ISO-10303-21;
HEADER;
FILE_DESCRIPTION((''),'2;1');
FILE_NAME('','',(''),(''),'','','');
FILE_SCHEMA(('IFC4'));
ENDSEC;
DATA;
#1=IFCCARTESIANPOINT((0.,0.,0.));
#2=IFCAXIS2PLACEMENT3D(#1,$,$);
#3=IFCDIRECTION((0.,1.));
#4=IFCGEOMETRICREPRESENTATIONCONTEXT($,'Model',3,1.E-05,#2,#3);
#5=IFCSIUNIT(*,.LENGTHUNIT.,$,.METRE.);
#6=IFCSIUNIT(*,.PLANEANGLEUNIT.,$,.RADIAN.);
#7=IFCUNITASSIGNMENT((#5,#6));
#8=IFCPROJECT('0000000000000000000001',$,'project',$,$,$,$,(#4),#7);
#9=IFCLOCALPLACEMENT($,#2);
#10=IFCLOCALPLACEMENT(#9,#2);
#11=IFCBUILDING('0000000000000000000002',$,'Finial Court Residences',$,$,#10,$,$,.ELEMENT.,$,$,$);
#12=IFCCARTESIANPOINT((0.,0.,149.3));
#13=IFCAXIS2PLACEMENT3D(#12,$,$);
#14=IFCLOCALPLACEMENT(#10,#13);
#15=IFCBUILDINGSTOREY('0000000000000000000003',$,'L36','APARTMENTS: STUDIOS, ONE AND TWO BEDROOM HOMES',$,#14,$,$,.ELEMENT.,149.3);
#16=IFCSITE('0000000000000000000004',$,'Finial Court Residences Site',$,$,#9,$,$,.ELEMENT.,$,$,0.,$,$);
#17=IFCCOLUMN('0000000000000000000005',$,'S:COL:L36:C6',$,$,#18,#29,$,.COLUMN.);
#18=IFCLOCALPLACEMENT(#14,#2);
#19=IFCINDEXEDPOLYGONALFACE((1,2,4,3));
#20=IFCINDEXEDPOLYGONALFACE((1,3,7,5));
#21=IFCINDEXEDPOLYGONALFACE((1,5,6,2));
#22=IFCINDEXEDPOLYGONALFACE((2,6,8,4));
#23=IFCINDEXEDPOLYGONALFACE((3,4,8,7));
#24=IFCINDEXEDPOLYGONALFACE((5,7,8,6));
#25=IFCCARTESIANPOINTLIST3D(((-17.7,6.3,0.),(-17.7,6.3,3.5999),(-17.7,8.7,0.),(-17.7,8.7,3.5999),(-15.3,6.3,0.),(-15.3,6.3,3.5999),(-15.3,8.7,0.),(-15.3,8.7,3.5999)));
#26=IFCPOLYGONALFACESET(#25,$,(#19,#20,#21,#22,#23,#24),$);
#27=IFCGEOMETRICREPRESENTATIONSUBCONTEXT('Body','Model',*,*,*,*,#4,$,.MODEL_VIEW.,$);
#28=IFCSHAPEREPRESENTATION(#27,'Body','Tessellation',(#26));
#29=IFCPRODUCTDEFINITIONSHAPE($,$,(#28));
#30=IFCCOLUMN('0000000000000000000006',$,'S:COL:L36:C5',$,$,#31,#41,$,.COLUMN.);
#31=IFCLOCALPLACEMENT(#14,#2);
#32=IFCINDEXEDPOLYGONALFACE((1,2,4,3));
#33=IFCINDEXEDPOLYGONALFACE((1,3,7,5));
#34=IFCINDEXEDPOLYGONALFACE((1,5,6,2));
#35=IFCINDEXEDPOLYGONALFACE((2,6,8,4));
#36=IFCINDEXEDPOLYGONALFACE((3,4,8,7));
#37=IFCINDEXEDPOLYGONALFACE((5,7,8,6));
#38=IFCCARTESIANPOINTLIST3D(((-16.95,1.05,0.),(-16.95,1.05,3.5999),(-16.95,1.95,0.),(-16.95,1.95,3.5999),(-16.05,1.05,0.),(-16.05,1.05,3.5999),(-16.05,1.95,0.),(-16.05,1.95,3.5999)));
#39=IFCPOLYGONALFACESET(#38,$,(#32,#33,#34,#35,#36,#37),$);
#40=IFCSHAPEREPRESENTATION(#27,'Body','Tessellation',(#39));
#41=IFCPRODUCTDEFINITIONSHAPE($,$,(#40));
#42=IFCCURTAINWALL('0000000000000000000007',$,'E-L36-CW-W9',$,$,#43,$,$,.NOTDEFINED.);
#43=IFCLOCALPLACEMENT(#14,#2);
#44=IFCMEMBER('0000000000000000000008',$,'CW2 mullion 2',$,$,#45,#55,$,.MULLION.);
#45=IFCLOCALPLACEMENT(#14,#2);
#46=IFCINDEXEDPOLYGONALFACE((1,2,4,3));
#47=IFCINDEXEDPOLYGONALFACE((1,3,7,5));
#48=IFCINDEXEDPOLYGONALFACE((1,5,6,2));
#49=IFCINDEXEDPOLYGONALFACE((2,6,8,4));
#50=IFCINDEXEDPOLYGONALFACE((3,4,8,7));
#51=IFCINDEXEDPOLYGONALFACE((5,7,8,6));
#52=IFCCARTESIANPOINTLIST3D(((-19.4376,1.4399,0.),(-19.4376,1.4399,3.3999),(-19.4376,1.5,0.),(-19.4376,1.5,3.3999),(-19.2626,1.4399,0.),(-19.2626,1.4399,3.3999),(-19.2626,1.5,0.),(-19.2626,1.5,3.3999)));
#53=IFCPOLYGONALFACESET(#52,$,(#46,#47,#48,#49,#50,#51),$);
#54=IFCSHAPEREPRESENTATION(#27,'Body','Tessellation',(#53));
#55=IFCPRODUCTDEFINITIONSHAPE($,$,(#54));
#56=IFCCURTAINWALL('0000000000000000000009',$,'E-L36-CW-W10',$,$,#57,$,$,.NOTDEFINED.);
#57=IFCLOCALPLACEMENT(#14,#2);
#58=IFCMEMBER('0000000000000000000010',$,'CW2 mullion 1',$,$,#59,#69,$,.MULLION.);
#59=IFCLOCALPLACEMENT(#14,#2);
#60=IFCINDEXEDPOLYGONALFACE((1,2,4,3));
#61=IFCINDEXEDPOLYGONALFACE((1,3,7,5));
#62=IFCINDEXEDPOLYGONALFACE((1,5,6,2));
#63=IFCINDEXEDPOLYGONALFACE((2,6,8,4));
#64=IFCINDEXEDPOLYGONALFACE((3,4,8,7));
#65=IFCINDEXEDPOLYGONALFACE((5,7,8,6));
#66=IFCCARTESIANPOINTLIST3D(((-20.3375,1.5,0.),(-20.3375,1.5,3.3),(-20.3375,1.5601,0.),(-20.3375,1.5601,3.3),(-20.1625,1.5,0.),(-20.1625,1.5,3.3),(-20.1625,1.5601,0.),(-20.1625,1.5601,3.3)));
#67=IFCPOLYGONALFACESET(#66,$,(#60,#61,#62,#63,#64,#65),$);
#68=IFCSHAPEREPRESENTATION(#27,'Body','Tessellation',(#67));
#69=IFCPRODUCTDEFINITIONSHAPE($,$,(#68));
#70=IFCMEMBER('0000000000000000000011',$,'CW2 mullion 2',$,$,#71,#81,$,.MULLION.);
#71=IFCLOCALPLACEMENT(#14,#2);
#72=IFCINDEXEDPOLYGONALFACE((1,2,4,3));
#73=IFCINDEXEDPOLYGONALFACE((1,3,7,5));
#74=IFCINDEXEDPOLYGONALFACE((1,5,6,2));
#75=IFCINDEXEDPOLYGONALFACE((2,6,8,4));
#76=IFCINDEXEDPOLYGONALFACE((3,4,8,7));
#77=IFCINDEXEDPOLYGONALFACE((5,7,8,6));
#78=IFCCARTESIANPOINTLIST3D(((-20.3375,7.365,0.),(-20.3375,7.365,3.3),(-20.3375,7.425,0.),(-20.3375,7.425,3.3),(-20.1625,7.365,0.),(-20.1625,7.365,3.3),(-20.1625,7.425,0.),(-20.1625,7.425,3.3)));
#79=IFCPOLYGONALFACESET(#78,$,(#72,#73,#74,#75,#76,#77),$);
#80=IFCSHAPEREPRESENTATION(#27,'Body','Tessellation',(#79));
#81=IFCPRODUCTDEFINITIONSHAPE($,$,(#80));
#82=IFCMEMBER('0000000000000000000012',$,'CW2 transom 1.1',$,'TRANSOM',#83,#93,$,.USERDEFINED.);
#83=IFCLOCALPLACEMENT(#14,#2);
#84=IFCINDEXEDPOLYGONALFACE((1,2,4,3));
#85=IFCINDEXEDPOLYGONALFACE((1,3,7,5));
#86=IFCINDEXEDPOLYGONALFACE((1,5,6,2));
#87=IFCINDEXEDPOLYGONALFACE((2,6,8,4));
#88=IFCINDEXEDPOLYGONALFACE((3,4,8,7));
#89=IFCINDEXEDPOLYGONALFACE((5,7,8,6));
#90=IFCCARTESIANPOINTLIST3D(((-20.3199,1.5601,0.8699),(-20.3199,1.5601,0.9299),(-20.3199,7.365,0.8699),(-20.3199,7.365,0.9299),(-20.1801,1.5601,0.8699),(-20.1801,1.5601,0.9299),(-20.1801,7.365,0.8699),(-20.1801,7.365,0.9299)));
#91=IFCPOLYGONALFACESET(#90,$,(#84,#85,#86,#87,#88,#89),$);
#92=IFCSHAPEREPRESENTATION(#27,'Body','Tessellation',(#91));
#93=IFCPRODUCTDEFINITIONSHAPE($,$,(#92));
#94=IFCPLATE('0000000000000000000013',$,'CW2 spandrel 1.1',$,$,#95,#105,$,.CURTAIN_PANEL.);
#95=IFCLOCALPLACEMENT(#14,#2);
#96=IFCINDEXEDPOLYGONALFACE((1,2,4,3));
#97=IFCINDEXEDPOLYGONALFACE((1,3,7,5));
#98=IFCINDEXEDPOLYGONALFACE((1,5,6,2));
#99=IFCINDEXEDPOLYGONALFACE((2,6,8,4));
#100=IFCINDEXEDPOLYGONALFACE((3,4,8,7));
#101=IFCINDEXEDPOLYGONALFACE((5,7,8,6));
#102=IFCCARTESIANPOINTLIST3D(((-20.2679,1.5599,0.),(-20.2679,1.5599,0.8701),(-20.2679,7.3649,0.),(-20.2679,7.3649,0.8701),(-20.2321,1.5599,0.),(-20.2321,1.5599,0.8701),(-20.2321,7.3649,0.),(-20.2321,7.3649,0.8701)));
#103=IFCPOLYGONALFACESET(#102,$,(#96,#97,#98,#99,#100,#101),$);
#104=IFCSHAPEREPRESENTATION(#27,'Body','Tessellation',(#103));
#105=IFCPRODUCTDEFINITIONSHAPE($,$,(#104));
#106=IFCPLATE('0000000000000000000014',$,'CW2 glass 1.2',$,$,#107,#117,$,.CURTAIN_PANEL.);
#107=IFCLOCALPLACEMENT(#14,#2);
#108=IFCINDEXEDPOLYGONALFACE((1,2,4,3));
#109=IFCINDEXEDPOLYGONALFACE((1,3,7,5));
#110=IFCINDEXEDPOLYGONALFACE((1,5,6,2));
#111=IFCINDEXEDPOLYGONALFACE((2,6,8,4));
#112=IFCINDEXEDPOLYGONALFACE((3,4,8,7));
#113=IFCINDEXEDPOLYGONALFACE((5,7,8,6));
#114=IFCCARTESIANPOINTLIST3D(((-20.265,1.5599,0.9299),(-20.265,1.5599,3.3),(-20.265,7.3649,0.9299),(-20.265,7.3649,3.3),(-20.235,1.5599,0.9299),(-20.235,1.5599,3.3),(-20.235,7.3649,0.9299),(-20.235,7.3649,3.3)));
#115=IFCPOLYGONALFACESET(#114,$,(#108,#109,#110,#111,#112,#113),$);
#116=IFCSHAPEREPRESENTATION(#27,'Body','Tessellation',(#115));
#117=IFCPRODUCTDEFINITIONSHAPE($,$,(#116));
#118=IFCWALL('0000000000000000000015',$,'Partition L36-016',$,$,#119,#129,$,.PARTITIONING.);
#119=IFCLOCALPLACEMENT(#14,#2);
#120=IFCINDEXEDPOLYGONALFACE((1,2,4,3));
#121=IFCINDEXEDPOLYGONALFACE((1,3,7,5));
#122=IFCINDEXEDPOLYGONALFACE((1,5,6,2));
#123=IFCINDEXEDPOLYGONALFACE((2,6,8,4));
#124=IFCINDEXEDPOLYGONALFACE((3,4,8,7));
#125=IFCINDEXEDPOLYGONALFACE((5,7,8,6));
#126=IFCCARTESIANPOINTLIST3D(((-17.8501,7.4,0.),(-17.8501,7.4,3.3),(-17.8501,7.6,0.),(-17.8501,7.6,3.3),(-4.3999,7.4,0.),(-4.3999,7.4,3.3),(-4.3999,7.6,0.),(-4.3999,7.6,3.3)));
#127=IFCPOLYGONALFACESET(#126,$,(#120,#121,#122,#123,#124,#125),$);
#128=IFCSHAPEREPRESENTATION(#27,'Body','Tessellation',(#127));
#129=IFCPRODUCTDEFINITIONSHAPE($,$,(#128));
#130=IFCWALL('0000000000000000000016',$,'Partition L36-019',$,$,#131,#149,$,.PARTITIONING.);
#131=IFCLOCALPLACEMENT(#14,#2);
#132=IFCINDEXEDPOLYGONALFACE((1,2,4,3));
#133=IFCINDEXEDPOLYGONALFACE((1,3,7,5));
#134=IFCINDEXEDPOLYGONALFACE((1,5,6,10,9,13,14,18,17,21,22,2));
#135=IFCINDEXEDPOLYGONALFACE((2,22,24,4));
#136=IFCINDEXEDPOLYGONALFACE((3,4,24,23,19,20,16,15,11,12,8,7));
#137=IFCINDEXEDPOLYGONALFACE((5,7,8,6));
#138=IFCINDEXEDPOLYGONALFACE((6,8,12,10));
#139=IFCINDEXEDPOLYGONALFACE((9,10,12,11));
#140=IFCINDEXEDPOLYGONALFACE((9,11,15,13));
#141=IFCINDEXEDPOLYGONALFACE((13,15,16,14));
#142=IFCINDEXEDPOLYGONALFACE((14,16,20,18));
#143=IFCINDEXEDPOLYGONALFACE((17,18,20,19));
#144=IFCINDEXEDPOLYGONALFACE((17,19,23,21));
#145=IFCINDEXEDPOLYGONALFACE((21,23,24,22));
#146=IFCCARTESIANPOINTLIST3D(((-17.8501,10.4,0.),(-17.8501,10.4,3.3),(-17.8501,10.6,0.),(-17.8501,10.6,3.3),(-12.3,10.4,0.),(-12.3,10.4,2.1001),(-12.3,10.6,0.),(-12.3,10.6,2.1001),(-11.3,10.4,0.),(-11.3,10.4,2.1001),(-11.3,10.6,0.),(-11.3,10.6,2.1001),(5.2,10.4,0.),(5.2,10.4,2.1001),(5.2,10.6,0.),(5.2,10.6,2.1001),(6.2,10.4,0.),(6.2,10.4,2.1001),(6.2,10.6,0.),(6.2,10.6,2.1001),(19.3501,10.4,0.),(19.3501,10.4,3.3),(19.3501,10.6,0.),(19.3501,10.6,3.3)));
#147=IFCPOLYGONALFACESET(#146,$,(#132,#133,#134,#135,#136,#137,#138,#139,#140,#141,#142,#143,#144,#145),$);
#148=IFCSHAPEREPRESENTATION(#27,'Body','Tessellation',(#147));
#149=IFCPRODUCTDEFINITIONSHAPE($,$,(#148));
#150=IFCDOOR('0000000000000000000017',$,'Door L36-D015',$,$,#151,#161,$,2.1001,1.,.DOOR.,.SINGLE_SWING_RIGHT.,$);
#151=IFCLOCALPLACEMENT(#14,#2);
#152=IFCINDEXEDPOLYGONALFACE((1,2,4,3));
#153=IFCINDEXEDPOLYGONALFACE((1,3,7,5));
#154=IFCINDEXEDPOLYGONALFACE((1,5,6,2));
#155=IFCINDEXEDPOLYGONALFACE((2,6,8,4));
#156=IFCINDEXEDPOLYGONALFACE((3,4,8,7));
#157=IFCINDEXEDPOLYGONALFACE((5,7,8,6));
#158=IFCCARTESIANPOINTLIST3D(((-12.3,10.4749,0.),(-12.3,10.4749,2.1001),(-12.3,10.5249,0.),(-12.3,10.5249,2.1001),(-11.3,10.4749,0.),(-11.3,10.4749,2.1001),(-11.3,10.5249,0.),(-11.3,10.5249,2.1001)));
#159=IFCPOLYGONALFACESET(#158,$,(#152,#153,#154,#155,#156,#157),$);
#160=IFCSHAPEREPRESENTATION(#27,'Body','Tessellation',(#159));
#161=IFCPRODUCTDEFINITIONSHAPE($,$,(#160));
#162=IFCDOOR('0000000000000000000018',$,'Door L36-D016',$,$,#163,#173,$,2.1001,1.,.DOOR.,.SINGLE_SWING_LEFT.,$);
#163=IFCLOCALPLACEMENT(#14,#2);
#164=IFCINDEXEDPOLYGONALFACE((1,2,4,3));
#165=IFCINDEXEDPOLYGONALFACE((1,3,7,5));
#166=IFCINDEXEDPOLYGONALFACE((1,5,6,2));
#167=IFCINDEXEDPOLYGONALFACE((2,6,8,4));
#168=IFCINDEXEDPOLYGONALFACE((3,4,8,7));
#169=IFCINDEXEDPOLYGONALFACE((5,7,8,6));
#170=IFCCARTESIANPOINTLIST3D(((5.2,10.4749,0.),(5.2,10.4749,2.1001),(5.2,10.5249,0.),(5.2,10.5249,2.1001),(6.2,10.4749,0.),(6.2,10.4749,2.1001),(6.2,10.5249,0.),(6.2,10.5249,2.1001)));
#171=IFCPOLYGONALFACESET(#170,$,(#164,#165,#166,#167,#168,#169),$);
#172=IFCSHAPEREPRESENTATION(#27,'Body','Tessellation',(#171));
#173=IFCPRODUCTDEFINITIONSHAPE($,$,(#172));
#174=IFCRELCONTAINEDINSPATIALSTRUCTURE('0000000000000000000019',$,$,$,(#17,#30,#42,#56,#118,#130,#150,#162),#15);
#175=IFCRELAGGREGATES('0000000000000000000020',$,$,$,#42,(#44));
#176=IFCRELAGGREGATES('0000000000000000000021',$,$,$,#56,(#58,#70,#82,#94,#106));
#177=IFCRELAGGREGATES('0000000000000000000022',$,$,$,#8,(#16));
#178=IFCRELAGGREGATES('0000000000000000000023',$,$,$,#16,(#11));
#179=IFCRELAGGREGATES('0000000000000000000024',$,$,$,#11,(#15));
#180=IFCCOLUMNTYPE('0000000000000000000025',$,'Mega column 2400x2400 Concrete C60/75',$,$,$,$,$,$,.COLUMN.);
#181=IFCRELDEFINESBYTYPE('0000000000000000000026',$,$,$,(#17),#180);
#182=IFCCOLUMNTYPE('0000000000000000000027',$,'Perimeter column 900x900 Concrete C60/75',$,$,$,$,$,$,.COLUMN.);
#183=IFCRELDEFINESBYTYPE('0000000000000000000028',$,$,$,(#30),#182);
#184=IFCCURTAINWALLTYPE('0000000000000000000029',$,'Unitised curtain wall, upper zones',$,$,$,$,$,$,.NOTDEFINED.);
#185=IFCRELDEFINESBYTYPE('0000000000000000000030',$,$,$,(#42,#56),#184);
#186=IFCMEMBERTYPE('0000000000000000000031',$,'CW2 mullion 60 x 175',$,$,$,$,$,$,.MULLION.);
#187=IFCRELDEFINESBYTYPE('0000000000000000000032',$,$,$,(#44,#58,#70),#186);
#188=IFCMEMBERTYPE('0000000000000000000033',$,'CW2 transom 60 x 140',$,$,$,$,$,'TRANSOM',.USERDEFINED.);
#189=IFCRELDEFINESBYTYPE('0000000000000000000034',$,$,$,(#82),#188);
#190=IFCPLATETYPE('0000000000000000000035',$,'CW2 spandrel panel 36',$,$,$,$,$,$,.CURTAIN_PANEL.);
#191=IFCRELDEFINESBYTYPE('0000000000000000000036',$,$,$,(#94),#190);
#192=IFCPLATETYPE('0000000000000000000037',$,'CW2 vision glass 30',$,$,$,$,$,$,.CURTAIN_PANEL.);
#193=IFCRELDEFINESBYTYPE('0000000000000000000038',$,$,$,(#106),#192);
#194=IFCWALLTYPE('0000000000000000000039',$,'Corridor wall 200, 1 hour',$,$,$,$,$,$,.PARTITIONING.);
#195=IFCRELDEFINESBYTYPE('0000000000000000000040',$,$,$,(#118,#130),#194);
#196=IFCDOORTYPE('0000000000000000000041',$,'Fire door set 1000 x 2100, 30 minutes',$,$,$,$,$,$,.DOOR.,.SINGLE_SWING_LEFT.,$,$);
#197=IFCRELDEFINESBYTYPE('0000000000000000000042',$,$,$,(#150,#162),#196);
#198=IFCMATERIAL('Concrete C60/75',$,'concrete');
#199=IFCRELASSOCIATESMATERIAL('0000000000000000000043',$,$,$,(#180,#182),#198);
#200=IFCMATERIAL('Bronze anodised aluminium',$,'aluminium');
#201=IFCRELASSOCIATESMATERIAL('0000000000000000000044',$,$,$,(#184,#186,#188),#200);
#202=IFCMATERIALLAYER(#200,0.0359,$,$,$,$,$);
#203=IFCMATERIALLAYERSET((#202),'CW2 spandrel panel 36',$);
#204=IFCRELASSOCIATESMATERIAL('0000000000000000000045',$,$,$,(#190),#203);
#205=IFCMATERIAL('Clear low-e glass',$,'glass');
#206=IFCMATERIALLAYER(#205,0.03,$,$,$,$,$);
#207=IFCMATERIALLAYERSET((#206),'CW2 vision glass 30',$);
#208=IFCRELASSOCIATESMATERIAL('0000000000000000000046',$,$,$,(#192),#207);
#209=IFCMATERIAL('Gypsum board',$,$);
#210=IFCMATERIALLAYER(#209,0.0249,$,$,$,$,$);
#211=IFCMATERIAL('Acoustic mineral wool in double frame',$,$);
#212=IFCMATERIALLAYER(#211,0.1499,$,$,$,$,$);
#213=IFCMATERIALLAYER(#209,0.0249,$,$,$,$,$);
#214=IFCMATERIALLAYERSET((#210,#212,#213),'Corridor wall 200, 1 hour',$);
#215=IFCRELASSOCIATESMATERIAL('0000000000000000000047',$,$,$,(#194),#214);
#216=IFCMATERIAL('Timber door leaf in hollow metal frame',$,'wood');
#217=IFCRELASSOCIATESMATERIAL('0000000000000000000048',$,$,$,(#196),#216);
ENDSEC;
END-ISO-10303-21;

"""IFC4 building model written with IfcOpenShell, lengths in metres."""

from ifc_helpers import new_model, si_unit, direction, frame, frame_2d, origin, origin_2d, place, context, subcontext, project, spatial, rectangle, extrude, material, layer, layer_set, material_profile, profile_set, type_object, element, fill, aggregate, save


model = new_model("IFC4")

# Units and contexts
model_context = context("Model", 3, precision=1e-05, world=origin(), true_north=direction((0.0, 1.0)))
body_context = subcontext(model_context, "Body", "Model", "MODEL_VIEW")
ifc_project = project(units=[si_unit("LENGTHUNIT", "METRE"), si_unit("PLANEANGLEUNIT", "RADIAN")], contexts=[model_context])

# Site, building, storey
site_placement = place(None, origin())
site = spatial("IfcSite", under=ifc_project, at=site_placement, Name="Finial Court Residences Site", CompositionType="ELEMENT", RefElevation=0.0)
building_placement = place(site_placement, origin())
building = spatial("IfcBuilding", under=site, at=building_placement, Name="Finial Court Residences", CompositionType="ELEMENT")
storey_placement = place(building_placement, frame((0.0, 0.0, 149.3)))
storey = spatial("IfcBuildingStorey", under=building, at=storey_placement, Name="L36", Description="APARTMENTS: STUDIOS, ONE AND TWO BEDROOM HOMES", CompositionType="ELEMENT", Elevation=149.3)

# Columns
ifc_material_1 = material(Name="Concrete C60/75", Category="concrete")
ifc_material_profile_1 = material_profile(ifc_material_1, rectangle(XDim=2.3999, YDim=2.3999, at=origin_2d()), Name="2400x2400")
ifc_profile_set_1 = profile_set([ifc_material_profile_1], Name="Concrete C60/75")
column_type_1 = type_object("IfcColumnType", Name="Mega column 2400x2400 Concrete C60/75", PredefinedType="COLUMN", material=ifc_profile_set_1)
column_1_placement = place(storey_placement, frame((-16.5, 7.5, 0.0), z_axis=(0.0, 0.0, 1.0), x_axis=(1.0, 0.0, 0.0)))
element("IfcColumn", 1, at=column_1_placement, inside=storey, type_object=column_type_1, Name="S:COL:L36:C6", PredefinedType="COLUMN", context=body_context, shape_type="SweptSolid", body=[
    extrude(rectangle(XDim=2.3999, YDim=2.3999, at=origin_2d()), origin(), (0.0, 0.0, 1.0), 3.5999),
])
ifc_material_profile_2 = material_profile(ifc_material_1, rectangle(XDim=0.8999, YDim=0.8999, at=origin_2d()), Name="900x900")
ifc_profile_set_2 = profile_set([ifc_material_profile_2], Name="Concrete C60/75")
column_type_2 = type_object("IfcColumnType", Name="Perimeter column 900x900 Concrete C60/75", PredefinedType="COLUMN", material=ifc_profile_set_2)
column_2_placement = place(storey_placement, frame((-16.5, 1.5, 0.0), z_axis=(0.0, 0.0, 1.0), x_axis=(1.0, 0.0, 0.0)))
element("IfcColumn", 2, at=column_2_placement, inside=storey, type_object=column_type_2, Name="S:COL:L36:C5", PredefinedType="COLUMN", context=body_context, shape_type="SweptSolid", body=[
    extrude(rectangle(XDim=0.8999, YDim=0.8999, at=origin_2d()), origin(), (0.0, 0.0, 1.0), 3.5999),
])

# Curtain wall, member
ifc_material_2 = material(Name="Bronze anodised aluminium", Category="aluminium")
curtain_wall_type = type_object("IfcCurtainWallType", Name="Unitised curtain wall, upper zones", PredefinedType="NOTDEFINED", material=ifc_material_2)
curtain_wall_1_placement = place(storey_placement, origin())
curtain_wall_1 = element("IfcCurtainWall", 3, at=curtain_wall_1_placement, inside=storey, type_object=curtain_wall_type, Name="E-L36-CW-W9", PredefinedType="NOTDEFINED")
ifc_material_profile_3 = material_profile(ifc_material_2, rectangle(XDim=0.175, YDim=0.0601, at=origin_2d()), Name="CW2 mullion 60 x 175")
ifc_profile_set_3 = profile_set([ifc_material_profile_3], Name="Bronze anodised aluminium")
member_type_1 = type_object("IfcMemberType", Name="CW2 mullion 60 x 175", PredefinedType="MULLION", material=ifc_profile_set_3)
member_1_placement = place(storey_placement, frame((-19.3501, 1.47, 0.0), z_axis=(0.0, 0.0, 1.0), x_axis=(-1.0, 0.0, 0.0)))
member_1 = element("IfcMember", 4, at=member_1_placement, type_object=member_type_1, Name="CW2 mullion 2", PredefinedType="MULLION", context=body_context, shape_type="SweptSolid", body=[
    extrude(rectangle(XDim=0.175, YDim=0.0601, at=origin_2d()), origin(), (0.0, 0.0, 1.0), 3.3999),
])
aggregate(curtain_wall_1, [member_1])

# Curtain wall, members, plates
curtain_wall_2_placement = place(storey_placement, origin())
curtain_wall_2 = element("IfcCurtainWall", 5, at=curtain_wall_2_placement, inside=storey, type_object=curtain_wall_type, Name="E-L36-CW-W10", PredefinedType="NOTDEFINED")
member_2_placement = place(storey_placement, frame((-20.25, 1.53, 0.0), z_axis=(0.0, 0.0, 1.0), x_axis=(-1.0, 0.0, 0.0)))
member_2 = element("IfcMember", 6, at=member_2_placement, type_object=member_type_1, Name="CW2 mullion 1", PredefinedType="MULLION", context=body_context, shape_type="SweptSolid", body=[
    extrude(rectangle(XDim=0.175, YDim=0.0601, at=origin_2d()), origin(), (0.0, 0.0, 1.0), 3.3),
])
member_3_placement = place(storey_placement, frame((-20.25, 7.395, 0.0), z_axis=(0.0, 0.0, 1.0), x_axis=(-1.0, 0.0, 0.0)))
member_3 = element("IfcMember", 7, at=member_3_placement, type_object=member_type_1, Name="CW2 mullion 2", PredefinedType="MULLION", context=body_context, shape_type="SweptSolid", body=[
    extrude(rectangle(XDim=0.175, YDim=0.0601, at=origin_2d()), origin(), (0.0, 0.0, 1.0), 3.3),
])
ifc_material_profile_4 = material_profile(ifc_material_2, rectangle(XDim=0.1399, YDim=0.0601, at=origin_2d()), Name="CW2 transom 60 x 140")
ifc_profile_set_4 = profile_set([ifc_material_profile_4], Name="Bronze anodised aluminium")
member_type_2 = type_object("IfcMemberType", Name="CW2 transom 60 x 140", ElementType="TRANSOM", PredefinedType="USERDEFINED", material=ifc_profile_set_4)
member_4_placement = place(storey_placement, frame((-20.25, 1.5601, 0.8999), z_axis=(0.0, 1.0, 0.0), x_axis=(-1.0, 0.0, 0.0)))
member_4 = element("IfcMember", 8, at=member_4_placement, type_object=member_type_2, Name="CW2 transom 1.1", ObjectType="TRANSOM", PredefinedType="USERDEFINED", context=body_context, shape_type="SweptSolid", body=[
    extrude(rectangle(XDim=0.1399, YDim=0.0601, at=origin_2d()), origin(), (0.0, 0.0, 1.0), 5.8049),
])
ifc_layer_1 = layer(ifc_material_2, 0.0359)
ifc_layer_set_1 = layer_set([ifc_layer_1], Name="CW2 spandrel panel 36")
plate_type_1 = type_object("IfcPlateType", Name="CW2 spandrel panel 36", PredefinedType="CURTAIN_PANEL", material=ifc_layer_set_1)
plate_1_placement = place(storey_placement, frame((-20.25, 4.4624, 0.0), z_axis=(0.0, 0.0, 1.0), x_axis=(0.0, 1.0, 0.0)))
plate_1 = element("IfcPlate", 9, at=plate_1_placement, type_object=plate_type_1, Name="CW2 spandrel 1.1", PredefinedType="CURTAIN_PANEL", context=body_context, shape_type="SweptSolid", body=[
    extrude(rectangle(XDim=5.8049, YDim=0.0359, at=origin_2d()), origin(), (0.0, 0.0, 1.0), 0.8701),
])
ifc_material_3 = material(Name="Clear low-e glass", Category="glass")
ifc_layer_2 = layer(ifc_material_3, 0.03)
ifc_layer_set_2 = layer_set([ifc_layer_2], Name="CW2 vision glass 30")
plate_type_2 = type_object("IfcPlateType", Name="CW2 vision glass 30", PredefinedType="CURTAIN_PANEL", material=ifc_layer_set_2)
plate_2_placement = place(storey_placement, frame((-20.25, 4.4624, 0.9299), z_axis=(0.0, 0.0, 1.0), x_axis=(0.0, 1.0, 0.0)))
plate_2 = element("IfcPlate", 10, at=plate_2_placement, type_object=plate_type_2, Name="CW2 glass 1.2", PredefinedType="CURTAIN_PANEL", context=body_context, shape_type="SweptSolid", body=[
    extrude(rectangle(XDim=5.8049, YDim=0.03, at=origin_2d()), origin(), (0.0, 0.0, 1.0), 2.3701),
])
aggregate(curtain_wall_2, [member_2, member_3, member_4, plate_1, plate_2])

# Wall
ifc_material_4 = material(Name="Gypsum board")
ifc_layer_3 = layer(ifc_material_4, 0.0249)
ifc_material_5 = material(Name="Acoustic mineral wool in double frame")
ifc_layer_4 = layer(ifc_material_5, 0.1499)
ifc_layer_5 = layer(ifc_material_4, 0.0249)
ifc_layer_set_3 = layer_set([ifc_layer_3, ifc_layer_4, ifc_layer_5], Name="Corridor wall 200, 1 hour")
wall_type_1 = type_object("IfcWallType", Name="Corridor wall 200, 1 hour", PredefinedType="PARTITIONING", material=ifc_layer_set_3)
wall_1_placement = place(storey_placement, frame((-17.8501, 7.5, 0.0), z_axis=(0.0, 0.0, 1.0), x_axis=(1.0, 0.0, 0.0)))
element("IfcWall", 11, at=wall_1_placement, inside=storey, type_object=wall_type_1, Name="Partition L36-016", PredefinedType="PARTITIONING", context=body_context, shape_type="SweptSolid", body=[
    extrude(rectangle(XDim=13.4502, YDim=0.2, at=frame_2d((6.7251, 0.0))), origin(), (0.0, 0.0, 1.0), 3.3),
])

# Wall, openings, doors
wall_2_placement = place(storey_placement, frame((-17.8501, 10.5, 0.0), z_axis=(0.0, 0.0, 1.0), x_axis=(1.0, 0.0, 0.0)))
wall_2 = element("IfcWall", 12, at=wall_2_placement, inside=storey, type_object=wall_type_1, Name="Partition L36-019", PredefinedType="PARTITIONING", context=body_context, shape_type="SweptSolid", body=[
    extrude(rectangle(XDim=37.2002, YDim=0.2, at=frame_2d((18.6001, 0.0))), origin(), (0.0, 0.0, 1.0), 3.3),
])
opening_1_placement = place(wall_2_placement, frame((5.55, 0.0, 0.0)))
opening_1 = element("IfcOpeningElement", 13, at=opening_1_placement, cuts=wall_2, PredefinedType="OPENING", context=body_context, shape_type="SweptSolid", body=[
    extrude(rectangle(XDim=1.0, YDim=2.1001, at=frame_2d((0.5, 1.05))), frame((0.0, 0.1099, 0.0), z_axis=(0.0, -1.0, 0.0), x_axis=(1.0, 0.0, 0.0)), (0.0, 0.0, 1.0), 0.22),
])
opening_2_placement = place(wall_2_placement, frame((23.05, 0.0, 0.0)))
opening_2 = element("IfcOpeningElement", 14, at=opening_2_placement, cuts=wall_2, PredefinedType="OPENING", context=body_context, shape_type="SweptSolid", body=[
    extrude(rectangle(XDim=1.0, YDim=2.1001, at=frame_2d((0.5, 1.05))), frame((0.0, 0.1099, 0.0), z_axis=(0.0, -1.0, 0.0), x_axis=(1.0, 0.0, 0.0)), (0.0, 0.0, 1.0), 0.22),
])
ifc_material_6 = material(Name="Timber door leaf in hollow metal frame", Category="wood")
door_type_1 = type_object("IfcDoorType", Name="Fire door set 1000 x 2100, 30 minutes", OperationType="SINGLE_SWING_LEFT", PredefinedType="DOOR", material=ifc_material_6)
door_1_placement = place(opening_1_placement, origin())
door_1 = element("IfcDoor", 15, at=door_1_placement, inside=storey, type_object=door_type_1, Name="Door L36-D015", OperationType="SINGLE_SWING_RIGHT", OverallHeight=2.1001, OverallWidth=1.0, PredefinedType="DOOR", context=body_context, shape_type="SweptSolid", body=[
    extrude(rectangle(XDim=1.0, YDim=2.1001, at=frame_2d((0.5, 1.05))), frame((0.0, 0.0249, 0.0), z_axis=(0.0, -1.0, 0.0), x_axis=(1.0, 0.0, 0.0)), (0.0, 0.0, 1.0), 0.05),
])
fill(opening_1, door_1)
door_2_placement = place(opening_2_placement, origin())
door_2 = element("IfcDoor", 16, at=door_2_placement, inside=storey, type_object=door_type_1, Name="Door L36-D016", OperationType="SINGLE_SWING_LEFT", OverallHeight=2.1001, OverallWidth=1.0, PredefinedType="DOOR", context=body_context, shape_type="SweptSolid", body=[
    extrude(rectangle(XDim=1.0, YDim=2.1001, at=frame_2d((0.5, 1.05))), frame((0.0, 0.0249, 0.0), z_axis=(0.0, -1.0, 0.0), x_axis=(1.0, 0.0, 0.0)), (0.0, 0.0, 1.0), 0.05),
])
fill(opening_2, door_2)

save(model, "model.ifc")
